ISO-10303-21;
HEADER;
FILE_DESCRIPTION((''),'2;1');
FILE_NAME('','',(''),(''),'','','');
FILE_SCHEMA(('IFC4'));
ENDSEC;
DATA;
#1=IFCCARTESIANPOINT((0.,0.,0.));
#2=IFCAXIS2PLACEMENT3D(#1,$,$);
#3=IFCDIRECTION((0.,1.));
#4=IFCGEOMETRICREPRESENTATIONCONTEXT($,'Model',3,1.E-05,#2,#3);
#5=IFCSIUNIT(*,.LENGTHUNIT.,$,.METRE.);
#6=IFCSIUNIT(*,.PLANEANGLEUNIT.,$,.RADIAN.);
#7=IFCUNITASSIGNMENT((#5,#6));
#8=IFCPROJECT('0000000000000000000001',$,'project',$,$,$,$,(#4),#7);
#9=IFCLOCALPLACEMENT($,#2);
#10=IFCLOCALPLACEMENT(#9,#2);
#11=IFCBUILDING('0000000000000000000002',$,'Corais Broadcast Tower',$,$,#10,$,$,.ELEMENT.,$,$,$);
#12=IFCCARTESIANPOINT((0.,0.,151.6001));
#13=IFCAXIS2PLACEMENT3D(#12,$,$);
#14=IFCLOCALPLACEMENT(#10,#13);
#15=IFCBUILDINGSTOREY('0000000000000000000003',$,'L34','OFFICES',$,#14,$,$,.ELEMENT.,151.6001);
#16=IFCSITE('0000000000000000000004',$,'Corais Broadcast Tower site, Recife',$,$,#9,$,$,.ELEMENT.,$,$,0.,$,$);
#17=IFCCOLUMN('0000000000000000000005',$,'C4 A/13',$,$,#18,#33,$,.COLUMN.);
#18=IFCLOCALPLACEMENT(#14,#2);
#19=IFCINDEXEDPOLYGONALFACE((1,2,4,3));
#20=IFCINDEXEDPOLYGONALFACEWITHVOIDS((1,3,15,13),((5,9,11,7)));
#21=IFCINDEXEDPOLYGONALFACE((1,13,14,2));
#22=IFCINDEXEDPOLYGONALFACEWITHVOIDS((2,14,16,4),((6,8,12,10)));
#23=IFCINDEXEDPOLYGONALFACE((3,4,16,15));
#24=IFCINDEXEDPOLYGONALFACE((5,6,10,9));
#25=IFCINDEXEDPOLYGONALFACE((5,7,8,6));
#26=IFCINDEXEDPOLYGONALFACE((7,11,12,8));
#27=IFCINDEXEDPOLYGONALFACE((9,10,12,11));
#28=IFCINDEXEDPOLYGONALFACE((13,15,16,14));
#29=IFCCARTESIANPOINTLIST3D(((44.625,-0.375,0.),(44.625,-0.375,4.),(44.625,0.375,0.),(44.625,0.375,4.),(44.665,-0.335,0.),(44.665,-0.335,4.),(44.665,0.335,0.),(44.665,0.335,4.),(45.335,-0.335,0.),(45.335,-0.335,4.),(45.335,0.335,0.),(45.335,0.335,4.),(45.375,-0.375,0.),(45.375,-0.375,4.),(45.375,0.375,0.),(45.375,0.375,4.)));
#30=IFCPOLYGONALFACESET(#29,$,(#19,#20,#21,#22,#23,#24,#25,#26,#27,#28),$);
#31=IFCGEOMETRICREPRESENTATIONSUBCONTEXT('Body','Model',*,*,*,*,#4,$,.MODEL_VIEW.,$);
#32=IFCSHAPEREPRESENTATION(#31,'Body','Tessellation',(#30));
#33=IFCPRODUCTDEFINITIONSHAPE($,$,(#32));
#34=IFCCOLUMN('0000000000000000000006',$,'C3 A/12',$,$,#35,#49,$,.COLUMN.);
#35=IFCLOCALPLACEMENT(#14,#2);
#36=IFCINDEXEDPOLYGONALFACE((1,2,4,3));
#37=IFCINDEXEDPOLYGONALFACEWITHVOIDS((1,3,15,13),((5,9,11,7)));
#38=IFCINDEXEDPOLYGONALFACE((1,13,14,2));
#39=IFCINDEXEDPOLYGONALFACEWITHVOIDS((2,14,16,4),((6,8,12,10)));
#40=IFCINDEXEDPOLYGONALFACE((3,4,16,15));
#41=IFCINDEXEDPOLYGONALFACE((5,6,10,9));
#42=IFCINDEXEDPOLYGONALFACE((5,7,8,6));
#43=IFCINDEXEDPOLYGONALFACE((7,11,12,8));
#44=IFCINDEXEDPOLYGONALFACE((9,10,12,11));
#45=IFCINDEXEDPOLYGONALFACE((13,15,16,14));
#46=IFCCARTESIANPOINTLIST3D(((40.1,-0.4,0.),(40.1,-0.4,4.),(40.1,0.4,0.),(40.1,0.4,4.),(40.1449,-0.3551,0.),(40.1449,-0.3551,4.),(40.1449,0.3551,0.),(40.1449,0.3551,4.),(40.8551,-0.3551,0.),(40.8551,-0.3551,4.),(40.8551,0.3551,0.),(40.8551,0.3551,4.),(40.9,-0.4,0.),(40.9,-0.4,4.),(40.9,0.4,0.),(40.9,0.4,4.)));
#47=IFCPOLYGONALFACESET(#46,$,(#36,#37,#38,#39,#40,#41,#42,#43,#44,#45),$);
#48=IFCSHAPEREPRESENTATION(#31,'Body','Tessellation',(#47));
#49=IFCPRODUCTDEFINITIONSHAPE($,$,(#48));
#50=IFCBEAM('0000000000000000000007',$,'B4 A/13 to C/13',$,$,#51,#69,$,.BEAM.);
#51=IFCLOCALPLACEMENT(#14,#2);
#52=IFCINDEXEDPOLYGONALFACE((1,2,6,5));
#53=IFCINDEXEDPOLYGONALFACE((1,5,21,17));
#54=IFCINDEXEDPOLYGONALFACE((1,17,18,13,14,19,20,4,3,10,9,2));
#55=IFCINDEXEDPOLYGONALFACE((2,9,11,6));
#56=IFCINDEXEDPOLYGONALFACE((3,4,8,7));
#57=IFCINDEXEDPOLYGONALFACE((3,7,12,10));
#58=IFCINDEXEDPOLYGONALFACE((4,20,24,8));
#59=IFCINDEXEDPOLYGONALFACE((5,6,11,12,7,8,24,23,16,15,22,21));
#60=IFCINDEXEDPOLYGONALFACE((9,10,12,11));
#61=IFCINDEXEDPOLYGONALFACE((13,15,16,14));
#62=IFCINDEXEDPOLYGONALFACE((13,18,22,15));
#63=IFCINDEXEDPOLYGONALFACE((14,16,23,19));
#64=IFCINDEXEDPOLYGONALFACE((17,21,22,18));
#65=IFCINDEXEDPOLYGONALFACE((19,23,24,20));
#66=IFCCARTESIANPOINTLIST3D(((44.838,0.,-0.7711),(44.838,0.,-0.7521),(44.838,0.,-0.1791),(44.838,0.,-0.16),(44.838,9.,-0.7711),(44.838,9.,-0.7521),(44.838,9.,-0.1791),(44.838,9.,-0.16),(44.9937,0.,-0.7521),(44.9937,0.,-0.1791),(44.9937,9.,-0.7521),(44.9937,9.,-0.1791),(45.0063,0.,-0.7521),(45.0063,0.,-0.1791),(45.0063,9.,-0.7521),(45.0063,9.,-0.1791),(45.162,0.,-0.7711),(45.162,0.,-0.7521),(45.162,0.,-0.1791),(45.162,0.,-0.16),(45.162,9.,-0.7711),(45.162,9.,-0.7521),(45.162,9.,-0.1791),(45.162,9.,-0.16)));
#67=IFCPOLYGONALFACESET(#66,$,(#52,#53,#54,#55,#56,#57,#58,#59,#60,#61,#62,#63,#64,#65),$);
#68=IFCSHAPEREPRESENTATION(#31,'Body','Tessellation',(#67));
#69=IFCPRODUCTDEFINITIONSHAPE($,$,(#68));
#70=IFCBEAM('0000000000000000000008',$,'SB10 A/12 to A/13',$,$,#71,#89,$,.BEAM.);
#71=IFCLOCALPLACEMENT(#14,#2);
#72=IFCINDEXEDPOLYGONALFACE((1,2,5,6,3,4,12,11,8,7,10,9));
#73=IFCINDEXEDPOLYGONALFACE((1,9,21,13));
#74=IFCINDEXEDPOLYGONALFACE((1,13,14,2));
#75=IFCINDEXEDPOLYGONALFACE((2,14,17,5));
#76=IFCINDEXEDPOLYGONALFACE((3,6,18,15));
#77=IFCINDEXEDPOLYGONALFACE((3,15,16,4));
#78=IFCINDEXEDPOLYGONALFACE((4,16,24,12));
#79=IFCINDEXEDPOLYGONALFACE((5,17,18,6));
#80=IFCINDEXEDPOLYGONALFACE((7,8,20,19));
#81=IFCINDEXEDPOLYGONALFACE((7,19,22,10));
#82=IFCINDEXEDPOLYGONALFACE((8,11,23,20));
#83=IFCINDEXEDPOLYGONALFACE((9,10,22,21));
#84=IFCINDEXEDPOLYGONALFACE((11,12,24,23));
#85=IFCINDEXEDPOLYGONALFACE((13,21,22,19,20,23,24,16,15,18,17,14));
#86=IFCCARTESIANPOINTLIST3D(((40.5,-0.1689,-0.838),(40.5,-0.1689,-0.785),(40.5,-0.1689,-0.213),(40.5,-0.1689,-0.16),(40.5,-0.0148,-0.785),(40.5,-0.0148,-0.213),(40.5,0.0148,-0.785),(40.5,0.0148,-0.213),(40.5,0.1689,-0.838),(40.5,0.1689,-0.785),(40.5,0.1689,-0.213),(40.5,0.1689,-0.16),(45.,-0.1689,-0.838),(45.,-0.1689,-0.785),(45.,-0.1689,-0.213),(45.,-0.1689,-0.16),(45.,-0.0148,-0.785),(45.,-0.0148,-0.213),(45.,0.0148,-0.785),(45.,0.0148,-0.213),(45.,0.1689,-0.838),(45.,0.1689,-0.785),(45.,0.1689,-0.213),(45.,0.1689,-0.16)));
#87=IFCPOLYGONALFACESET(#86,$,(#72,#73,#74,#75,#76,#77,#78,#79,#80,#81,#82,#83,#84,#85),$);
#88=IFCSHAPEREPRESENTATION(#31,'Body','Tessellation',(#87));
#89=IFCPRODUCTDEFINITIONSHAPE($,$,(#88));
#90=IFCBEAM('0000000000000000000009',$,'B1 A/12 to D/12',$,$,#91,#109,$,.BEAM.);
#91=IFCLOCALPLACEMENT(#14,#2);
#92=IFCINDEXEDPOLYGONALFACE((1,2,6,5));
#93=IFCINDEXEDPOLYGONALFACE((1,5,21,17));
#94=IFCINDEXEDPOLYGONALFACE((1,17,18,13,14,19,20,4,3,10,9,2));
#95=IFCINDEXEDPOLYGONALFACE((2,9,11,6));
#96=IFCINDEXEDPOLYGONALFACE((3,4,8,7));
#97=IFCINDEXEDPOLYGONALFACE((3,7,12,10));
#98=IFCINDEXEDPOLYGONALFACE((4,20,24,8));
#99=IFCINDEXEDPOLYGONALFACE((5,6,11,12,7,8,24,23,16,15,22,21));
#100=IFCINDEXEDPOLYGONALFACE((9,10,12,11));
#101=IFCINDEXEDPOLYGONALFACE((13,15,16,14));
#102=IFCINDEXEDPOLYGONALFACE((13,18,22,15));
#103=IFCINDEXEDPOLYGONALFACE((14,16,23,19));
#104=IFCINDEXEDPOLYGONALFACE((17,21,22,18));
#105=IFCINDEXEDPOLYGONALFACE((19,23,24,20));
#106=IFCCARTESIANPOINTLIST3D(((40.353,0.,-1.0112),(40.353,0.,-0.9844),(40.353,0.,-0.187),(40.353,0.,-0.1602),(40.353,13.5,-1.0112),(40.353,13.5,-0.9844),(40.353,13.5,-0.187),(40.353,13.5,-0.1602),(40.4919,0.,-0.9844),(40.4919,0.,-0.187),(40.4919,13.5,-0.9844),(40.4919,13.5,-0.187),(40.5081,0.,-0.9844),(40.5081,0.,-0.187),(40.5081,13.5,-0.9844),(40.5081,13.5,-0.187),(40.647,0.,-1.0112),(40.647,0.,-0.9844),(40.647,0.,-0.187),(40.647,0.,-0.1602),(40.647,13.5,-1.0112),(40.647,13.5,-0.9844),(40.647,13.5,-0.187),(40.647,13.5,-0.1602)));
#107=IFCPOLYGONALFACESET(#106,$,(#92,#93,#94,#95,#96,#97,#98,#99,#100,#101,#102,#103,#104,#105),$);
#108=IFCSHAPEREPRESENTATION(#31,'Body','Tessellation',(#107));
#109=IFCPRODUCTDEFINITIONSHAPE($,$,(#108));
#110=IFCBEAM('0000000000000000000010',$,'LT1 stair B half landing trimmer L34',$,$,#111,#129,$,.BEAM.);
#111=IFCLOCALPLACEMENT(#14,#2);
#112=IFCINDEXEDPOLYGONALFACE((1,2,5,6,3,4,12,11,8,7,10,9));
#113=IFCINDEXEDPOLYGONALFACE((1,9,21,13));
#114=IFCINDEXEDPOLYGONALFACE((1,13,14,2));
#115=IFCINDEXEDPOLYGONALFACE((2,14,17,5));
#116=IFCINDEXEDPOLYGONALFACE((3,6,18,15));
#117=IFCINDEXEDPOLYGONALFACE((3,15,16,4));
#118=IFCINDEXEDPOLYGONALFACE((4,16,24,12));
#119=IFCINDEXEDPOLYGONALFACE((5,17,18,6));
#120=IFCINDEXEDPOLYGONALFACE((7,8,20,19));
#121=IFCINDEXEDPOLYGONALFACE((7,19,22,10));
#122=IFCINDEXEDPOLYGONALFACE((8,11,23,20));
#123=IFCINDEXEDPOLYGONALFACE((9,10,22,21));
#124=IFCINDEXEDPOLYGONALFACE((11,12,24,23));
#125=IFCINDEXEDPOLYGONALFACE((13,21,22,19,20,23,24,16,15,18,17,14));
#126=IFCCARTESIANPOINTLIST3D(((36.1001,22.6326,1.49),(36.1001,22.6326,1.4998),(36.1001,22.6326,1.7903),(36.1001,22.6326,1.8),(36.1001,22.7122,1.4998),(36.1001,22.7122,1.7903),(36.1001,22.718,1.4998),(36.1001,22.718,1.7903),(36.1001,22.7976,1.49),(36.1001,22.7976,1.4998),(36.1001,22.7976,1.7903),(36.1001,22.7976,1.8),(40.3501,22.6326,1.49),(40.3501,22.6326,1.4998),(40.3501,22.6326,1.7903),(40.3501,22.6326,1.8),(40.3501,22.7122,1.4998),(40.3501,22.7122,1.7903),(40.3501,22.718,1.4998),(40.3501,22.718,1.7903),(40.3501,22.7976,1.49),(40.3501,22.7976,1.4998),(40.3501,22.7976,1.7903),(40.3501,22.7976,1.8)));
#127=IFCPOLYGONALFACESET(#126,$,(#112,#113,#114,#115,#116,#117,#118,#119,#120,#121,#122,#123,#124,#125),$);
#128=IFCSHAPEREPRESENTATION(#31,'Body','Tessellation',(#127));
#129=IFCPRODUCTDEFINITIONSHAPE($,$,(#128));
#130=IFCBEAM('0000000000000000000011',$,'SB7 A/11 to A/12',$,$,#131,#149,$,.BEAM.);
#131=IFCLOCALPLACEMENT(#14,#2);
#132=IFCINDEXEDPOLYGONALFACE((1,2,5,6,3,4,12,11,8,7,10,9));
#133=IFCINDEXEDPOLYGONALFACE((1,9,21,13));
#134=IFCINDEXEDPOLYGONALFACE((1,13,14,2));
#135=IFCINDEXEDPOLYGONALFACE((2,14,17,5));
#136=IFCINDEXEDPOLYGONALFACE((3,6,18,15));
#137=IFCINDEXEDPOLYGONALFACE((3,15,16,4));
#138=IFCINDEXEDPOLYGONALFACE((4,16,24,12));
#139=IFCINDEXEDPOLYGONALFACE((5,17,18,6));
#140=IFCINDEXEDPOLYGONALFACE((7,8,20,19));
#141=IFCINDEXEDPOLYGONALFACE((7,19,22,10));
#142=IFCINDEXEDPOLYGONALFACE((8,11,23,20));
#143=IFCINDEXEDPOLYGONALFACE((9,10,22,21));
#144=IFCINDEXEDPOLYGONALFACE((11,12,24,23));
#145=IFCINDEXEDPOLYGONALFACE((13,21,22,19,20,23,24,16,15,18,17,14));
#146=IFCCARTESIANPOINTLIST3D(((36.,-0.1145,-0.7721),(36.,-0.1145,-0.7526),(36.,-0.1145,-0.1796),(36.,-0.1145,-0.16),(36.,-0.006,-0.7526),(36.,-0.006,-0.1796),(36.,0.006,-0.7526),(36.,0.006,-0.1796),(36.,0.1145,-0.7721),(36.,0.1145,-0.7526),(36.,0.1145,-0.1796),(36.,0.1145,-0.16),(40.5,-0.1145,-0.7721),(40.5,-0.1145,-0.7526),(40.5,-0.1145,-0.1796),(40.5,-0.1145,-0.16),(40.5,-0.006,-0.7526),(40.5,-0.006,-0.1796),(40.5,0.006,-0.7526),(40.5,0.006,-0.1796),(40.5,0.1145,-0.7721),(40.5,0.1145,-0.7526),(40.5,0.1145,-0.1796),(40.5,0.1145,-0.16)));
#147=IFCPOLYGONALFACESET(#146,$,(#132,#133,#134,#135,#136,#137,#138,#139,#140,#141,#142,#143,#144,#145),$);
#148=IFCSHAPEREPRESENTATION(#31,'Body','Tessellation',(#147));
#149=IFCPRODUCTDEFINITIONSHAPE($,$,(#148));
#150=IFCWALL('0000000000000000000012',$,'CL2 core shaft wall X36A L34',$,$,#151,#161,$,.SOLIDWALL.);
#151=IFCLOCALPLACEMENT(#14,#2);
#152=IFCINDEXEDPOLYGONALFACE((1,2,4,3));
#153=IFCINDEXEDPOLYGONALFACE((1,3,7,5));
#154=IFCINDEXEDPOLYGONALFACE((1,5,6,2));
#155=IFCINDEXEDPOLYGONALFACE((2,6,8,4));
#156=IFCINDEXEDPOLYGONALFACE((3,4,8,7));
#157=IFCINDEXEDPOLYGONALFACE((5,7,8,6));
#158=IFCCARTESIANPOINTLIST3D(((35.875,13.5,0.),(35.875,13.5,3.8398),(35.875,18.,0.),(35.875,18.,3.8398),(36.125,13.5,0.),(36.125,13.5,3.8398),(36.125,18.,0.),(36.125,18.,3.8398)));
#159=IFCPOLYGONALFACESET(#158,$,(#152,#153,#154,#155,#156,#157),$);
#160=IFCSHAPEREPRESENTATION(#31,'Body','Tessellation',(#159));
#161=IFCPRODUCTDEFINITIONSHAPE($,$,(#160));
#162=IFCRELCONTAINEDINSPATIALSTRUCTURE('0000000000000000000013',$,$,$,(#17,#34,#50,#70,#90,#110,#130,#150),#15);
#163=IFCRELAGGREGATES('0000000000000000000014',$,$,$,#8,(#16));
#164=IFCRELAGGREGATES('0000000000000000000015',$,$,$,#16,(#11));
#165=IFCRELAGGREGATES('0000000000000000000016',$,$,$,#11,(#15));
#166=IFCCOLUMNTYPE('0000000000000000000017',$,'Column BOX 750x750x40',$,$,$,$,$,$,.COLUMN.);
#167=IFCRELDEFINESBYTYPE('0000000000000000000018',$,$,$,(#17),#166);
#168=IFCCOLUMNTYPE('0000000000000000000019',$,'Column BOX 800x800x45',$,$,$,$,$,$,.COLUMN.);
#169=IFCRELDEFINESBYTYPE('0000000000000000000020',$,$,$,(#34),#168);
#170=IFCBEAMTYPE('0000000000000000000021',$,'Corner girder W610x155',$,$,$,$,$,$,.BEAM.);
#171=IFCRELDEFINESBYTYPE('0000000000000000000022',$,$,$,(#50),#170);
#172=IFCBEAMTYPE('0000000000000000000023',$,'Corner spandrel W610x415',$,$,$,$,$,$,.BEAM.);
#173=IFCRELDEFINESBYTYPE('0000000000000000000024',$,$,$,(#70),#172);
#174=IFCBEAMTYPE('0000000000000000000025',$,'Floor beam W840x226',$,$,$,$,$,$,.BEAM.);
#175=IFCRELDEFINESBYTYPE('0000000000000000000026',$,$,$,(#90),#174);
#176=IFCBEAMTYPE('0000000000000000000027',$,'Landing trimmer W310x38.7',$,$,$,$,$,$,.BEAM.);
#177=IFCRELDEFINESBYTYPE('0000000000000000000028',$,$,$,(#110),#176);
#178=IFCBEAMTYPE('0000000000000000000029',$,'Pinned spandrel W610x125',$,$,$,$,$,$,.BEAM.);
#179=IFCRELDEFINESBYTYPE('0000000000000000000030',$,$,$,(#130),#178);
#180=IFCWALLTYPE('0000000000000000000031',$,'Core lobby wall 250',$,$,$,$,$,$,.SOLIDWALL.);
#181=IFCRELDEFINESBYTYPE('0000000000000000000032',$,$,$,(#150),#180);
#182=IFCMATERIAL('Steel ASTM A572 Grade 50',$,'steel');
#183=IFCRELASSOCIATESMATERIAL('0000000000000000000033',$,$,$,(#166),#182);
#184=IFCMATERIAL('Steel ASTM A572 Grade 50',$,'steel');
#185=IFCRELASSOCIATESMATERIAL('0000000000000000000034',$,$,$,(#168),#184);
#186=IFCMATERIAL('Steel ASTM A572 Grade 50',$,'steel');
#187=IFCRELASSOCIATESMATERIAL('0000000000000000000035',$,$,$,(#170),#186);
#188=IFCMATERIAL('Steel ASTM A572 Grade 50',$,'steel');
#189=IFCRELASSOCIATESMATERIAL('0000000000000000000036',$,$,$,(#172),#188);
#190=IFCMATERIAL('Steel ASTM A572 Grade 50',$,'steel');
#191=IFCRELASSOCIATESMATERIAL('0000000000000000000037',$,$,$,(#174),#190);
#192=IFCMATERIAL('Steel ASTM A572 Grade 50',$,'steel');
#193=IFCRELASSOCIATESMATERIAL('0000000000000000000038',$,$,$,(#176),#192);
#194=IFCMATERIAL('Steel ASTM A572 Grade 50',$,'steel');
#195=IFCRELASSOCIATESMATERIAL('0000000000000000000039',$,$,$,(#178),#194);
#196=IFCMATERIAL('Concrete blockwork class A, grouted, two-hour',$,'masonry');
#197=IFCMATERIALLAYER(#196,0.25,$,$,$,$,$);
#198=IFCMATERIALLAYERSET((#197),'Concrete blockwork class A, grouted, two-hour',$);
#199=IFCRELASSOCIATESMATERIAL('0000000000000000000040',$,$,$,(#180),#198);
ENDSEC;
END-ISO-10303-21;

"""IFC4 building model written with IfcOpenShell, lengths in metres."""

from ifc_helpers import new_model, si_unit, direction, frame, frame_2d, origin, origin_2d, place, context, subcontext, project, spatial, rectangle, hollow_rectangle, i_section, extrude, material, layer, layer_set, material_profile, profile_set, type_object, element, save


model = new_model("IFC4")

# Units and contexts
model_context = context("Model", 3, precision=1e-05, world=origin(), true_north=direction((0.0, 1.0)))
body_context = subcontext(model_context, "Body", "Model", "MODEL_VIEW")
ifc_project = project(units=[si_unit("LENGTHUNIT", "METRE"), si_unit("PLANEANGLEUNIT", "RADIAN")], contexts=[model_context])

# Site, building, storey
site_placement = place(None, origin())
site = spatial("IfcSite", under=ifc_project, at=site_placement, Name="Corais Broadcast Tower site, Recife", CompositionType="ELEMENT", RefElevation=0.0)
building_placement = place(site_placement, origin())
building = spatial("IfcBuilding", under=site, at=building_placement, Name="Corais Broadcast Tower", CompositionType="ELEMENT")
storey_placement = place(building_placement, frame((0.0, 0.0, 151.6001)))
storey = spatial("IfcBuildingStorey", under=building, at=storey_placement, Name="L34", Description="OFFICES", CompositionType="ELEMENT", Elevation=151.6001)

# Columns
ifc_material_1 = material(Name="Steel ASTM A572 Grade 50", Category="steel")
ifc_material_profile_1 = material_profile(ifc_material_1, hollow_rectangle(XDim=0.75, YDim=0.75, WallThickness=0.04, at=origin_2d()), Name="BOX 750x750x40")
ifc_profile_set_1 = profile_set([ifc_material_profile_1], Name="Steel ASTM A572 Grade 50")
column_type_1 = type_object("IfcColumnType", Name="Column BOX 750x750x40", PredefinedType="COLUMN", material=ifc_profile_set_1)
column_1_placement = place(storey_placement, frame((45.0, 0.0, 0.0), z_axis=(0.0, 0.0, 1.0), x_axis=(1.0, 0.0, 0.0)))
element("IfcColumn", 1, at=column_1_placement, inside=storey, type_object=column_type_1, Name="C4 A/13", PredefinedType="COLUMN", context=body_context, shape_type="SweptSolid", body=[
    extrude(hollow_rectangle(XDim=0.75, YDim=0.75, WallThickness=0.04, at=origin_2d()), origin(), (0.0, 0.0, 1.0), 4.0),
])
ifc_material_2 = material(Name="Steel ASTM A572 Grade 50", Category="steel")
ifc_material_profile_2 = material_profile(ifc_material_2, hollow_rectangle(XDim=0.8, YDim=0.8, WallThickness=0.0449, at=origin_2d()), Name="BOX 800x800x45")
ifc_profile_set_2 = profile_set([ifc_material_profile_2], Name="Steel ASTM A572 Grade 50")
column_type_2 = type_object("IfcColumnType", Name="Column BOX 800x800x45", PredefinedType="COLUMN", material=ifc_profile_set_2)
column_2_placement = place(storey_placement, frame((40.5, 0.0, 0.0), z_axis=(0.0, 0.0, 1.0), x_axis=(1.0, 0.0, 0.0)))
element("IfcColumn", 2, at=column_2_placement, inside=storey, type_object=column_type_2, Name="C3 A/12", PredefinedType="COLUMN", context=body_context, shape_type="SweptSolid", body=[
    extrude(hollow_rectangle(XDim=0.8, YDim=0.8, WallThickness=0.0449, at=origin_2d()), origin(), (0.0, 0.0, 1.0), 4.0),
])

# Beams
ifc_material_3 = material(Name="Steel ASTM A572 Grade 50", Category="steel")
ifc_material_profile_3 = material_profile(ifc_material_3, i_section(OverallWidth=0.324, OverallDepth=0.6111, WebThickness=0.0127, FlangeThickness=0.019, at=origin_2d()), Name="W610x155")
ifc_profile_set_3 = profile_set([ifc_material_profile_3], Name="Steel ASTM A572 Grade 50")
beam_type_1 = type_object("IfcBeamType", Name="Corner girder W610x155", PredefinedType="BEAM", material=ifc_profile_set_3)
beam_1_placement = place(storey_placement, frame((45.0, 0.0, -0.4656), z_axis=(0.0, 1.0, 0.0), x_axis=(-1.0, 0.0, 0.0)))
element("IfcBeam", 3, at=beam_1_placement, inside=storey, type_object=beam_type_1, Name="B4 A/13 to C/13", PredefinedType="BEAM", context=body_context, shape_type="SweptSolid", body=[
    extrude(i_section(OverallWidth=0.324, OverallDepth=0.6111, WebThickness=0.0127, FlangeThickness=0.019, at=origin_2d()), origin(), (0.0, 0.0, 1.0), 9.0),
])
ifc_material_4 = material(Name="Steel ASTM A572 Grade 50", Category="steel")
ifc_material_profile_4 = material_profile(ifc_material_4, i_section(OverallWidth=0.3379, OverallDepth=0.678, WebThickness=0.0295, FlangeThickness=0.053, at=origin_2d()), Name="W610x415")
ifc_profile_set_4 = profile_set([ifc_material_profile_4], Name="Steel ASTM A572 Grade 50")
beam_type_2 = type_object("IfcBeamType", Name="Corner spandrel W610x415", PredefinedType="BEAM", material=ifc_profile_set_4)
beam_2_placement = place(storey_placement, frame((40.5, 0.0, -0.499), z_axis=(1.0, 0.0, 0.0), x_axis=(0.0, 1.0, 0.0)))
element("IfcBeam", 4, at=beam_2_placement, inside=storey, type_object=beam_type_2, Name="SB10 A/12 to A/13", PredefinedType="BEAM", context=body_context, shape_type="SweptSolid", body=[
    extrude(i_section(OverallWidth=0.3379, OverallDepth=0.678, WebThickness=0.0295, FlangeThickness=0.053, at=origin_2d()), origin(), (0.0, 0.0, 1.0), 4.5),
])
ifc_material_5 = material(Name="Steel ASTM A572 Grade 50", Category="steel")
ifc_material_profile_5 = material_profile(ifc_material_5, i_section(OverallWidth=0.2939, OverallDepth=0.8511, WebThickness=0.0161, FlangeThickness=0.0269, at=origin_2d()), Name="W840x226")
ifc_profile_set_5 = profile_set([ifc_material_profile_5], Name="Steel ASTM A572 Grade 50")
beam_type_3 = type_object("IfcBeamType", Name="Floor beam W840x226", PredefinedType="BEAM", material=ifc_profile_set_5)
beam_3_placement = place(storey_placement, frame((40.5, 0.0, -0.5857), z_axis=(0.0, 1.0, 0.0), x_axis=(-1.0, 0.0, 0.0)))
element("IfcBeam", 5, at=beam_3_placement, inside=storey, type_object=beam_type_3, Name="B1 A/12 to D/12", PredefinedType="BEAM", context=body_context, shape_type="SweptSolid", body=[
    extrude(i_section(OverallWidth=0.2939, OverallDepth=0.8511, WebThickness=0.0161, FlangeThickness=0.0269, at=origin_2d()), origin(), (0.0, 0.0, 1.0), 13.5),
])
ifc_material_6 = material(Name="Steel ASTM A572 Grade 50", Category="steel")
ifc_material_profile_6 = material_profile(ifc_material_6, i_section(OverallWidth=0.165, OverallDepth=0.3101, WebThickness=0.0059, FlangeThickness=0.0098, at=origin_2d()), Name="W310x38.7")
ifc_profile_set_6 = profile_set([ifc_material_profile_6], Name="Steel ASTM A572 Grade 50")
beam_type_4 = type_object("IfcBeamType", Name="Landing trimmer W310x38.7", PredefinedType="BEAM", material=ifc_profile_set_6)
beam_4_placement = place(storey_placement, frame((36.1001, 22.7151, 1.645), z_axis=(1.0, 0.0, 0.0), x_axis=(0.0, 1.0, 0.0)))
element("IfcBeam", 6, at=beam_4_placement, inside=storey, type_object=beam_type_4, Name="LT1 stair B half landing trimmer L34", PredefinedType="BEAM", context=body_context, shape_type="SweptSolid", body=[
    extrude(i_section(OverallWidth=0.165, OverallDepth=0.3101, WebThickness=0.0059, FlangeThickness=0.0098, at=origin_2d()), origin(), (0.0, 0.0, 1.0), 4.25),
])
ifc_material_7 = material(Name="Steel ASTM A572 Grade 50", Category="steel")
ifc_material_profile_7 = material_profile(ifc_material_7, i_section(OverallWidth=0.229, OverallDepth=0.6121, WebThickness=0.012, FlangeThickness=0.0195, at=origin_2d()), Name="W610x125")
ifc_profile_set_7 = profile_set([ifc_material_profile_7], Name="Steel ASTM A572 Grade 50")
beam_type_5 = type_object("IfcBeamType", Name="Pinned spandrel W610x125", PredefinedType="BEAM", material=ifc_profile_set_7)
beam_5_placement = place(storey_placement, frame((36.0, 0.0, -0.4661), z_axis=(1.0, 0.0, 0.0), x_axis=(0.0, 1.0, 0.0)))
element("IfcBeam", 7, at=beam_5_placement, inside=storey, type_object=beam_type_5, Name="SB7 A/11 to A/12", PredefinedType="BEAM", context=body_context, shape_type="SweptSolid", body=[
    extrude(i_section(OverallWidth=0.229, OverallDepth=0.6121, WebThickness=0.012, FlangeThickness=0.0195, at=origin_2d()), origin(), (0.0, 0.0, 1.0), 4.5),
])

# Wall
ifc_material_8 = material(Name="Concrete blockwork class A, grouted, two-hour", Category="masonry")
ifc_layer_1 = layer(ifc_material_8, 0.25)
ifc_layer_set_1 = layer_set([ifc_layer_1], Name="Concrete blockwork class A, grouted, two-hour")
wall_type_1 = type_object("IfcWallType", Name="Core lobby wall 250", PredefinedType="SOLIDWALL", material=ifc_layer_set_1)
wall_1_placement = place(storey_placement, frame((36.0, 13.5, 0.0), z_axis=(0.0, 0.0, 1.0), x_axis=(0.0, 1.0, 0.0)))
element("IfcWall", 8, at=wall_1_placement, inside=storey, type_object=wall_type_1, Name="CL2 core shaft wall X36A L34", PredefinedType="SOLIDWALL", context=body_context, shape_type="SweptSolid", body=[
    extrude(rectangle(XDim=4.5, YDim=0.25, at=frame_2d((2.25, 0.0))), origin(), (0.0, 0.0, 1.0), 3.8398),
])

save(model, "model.ifc")
